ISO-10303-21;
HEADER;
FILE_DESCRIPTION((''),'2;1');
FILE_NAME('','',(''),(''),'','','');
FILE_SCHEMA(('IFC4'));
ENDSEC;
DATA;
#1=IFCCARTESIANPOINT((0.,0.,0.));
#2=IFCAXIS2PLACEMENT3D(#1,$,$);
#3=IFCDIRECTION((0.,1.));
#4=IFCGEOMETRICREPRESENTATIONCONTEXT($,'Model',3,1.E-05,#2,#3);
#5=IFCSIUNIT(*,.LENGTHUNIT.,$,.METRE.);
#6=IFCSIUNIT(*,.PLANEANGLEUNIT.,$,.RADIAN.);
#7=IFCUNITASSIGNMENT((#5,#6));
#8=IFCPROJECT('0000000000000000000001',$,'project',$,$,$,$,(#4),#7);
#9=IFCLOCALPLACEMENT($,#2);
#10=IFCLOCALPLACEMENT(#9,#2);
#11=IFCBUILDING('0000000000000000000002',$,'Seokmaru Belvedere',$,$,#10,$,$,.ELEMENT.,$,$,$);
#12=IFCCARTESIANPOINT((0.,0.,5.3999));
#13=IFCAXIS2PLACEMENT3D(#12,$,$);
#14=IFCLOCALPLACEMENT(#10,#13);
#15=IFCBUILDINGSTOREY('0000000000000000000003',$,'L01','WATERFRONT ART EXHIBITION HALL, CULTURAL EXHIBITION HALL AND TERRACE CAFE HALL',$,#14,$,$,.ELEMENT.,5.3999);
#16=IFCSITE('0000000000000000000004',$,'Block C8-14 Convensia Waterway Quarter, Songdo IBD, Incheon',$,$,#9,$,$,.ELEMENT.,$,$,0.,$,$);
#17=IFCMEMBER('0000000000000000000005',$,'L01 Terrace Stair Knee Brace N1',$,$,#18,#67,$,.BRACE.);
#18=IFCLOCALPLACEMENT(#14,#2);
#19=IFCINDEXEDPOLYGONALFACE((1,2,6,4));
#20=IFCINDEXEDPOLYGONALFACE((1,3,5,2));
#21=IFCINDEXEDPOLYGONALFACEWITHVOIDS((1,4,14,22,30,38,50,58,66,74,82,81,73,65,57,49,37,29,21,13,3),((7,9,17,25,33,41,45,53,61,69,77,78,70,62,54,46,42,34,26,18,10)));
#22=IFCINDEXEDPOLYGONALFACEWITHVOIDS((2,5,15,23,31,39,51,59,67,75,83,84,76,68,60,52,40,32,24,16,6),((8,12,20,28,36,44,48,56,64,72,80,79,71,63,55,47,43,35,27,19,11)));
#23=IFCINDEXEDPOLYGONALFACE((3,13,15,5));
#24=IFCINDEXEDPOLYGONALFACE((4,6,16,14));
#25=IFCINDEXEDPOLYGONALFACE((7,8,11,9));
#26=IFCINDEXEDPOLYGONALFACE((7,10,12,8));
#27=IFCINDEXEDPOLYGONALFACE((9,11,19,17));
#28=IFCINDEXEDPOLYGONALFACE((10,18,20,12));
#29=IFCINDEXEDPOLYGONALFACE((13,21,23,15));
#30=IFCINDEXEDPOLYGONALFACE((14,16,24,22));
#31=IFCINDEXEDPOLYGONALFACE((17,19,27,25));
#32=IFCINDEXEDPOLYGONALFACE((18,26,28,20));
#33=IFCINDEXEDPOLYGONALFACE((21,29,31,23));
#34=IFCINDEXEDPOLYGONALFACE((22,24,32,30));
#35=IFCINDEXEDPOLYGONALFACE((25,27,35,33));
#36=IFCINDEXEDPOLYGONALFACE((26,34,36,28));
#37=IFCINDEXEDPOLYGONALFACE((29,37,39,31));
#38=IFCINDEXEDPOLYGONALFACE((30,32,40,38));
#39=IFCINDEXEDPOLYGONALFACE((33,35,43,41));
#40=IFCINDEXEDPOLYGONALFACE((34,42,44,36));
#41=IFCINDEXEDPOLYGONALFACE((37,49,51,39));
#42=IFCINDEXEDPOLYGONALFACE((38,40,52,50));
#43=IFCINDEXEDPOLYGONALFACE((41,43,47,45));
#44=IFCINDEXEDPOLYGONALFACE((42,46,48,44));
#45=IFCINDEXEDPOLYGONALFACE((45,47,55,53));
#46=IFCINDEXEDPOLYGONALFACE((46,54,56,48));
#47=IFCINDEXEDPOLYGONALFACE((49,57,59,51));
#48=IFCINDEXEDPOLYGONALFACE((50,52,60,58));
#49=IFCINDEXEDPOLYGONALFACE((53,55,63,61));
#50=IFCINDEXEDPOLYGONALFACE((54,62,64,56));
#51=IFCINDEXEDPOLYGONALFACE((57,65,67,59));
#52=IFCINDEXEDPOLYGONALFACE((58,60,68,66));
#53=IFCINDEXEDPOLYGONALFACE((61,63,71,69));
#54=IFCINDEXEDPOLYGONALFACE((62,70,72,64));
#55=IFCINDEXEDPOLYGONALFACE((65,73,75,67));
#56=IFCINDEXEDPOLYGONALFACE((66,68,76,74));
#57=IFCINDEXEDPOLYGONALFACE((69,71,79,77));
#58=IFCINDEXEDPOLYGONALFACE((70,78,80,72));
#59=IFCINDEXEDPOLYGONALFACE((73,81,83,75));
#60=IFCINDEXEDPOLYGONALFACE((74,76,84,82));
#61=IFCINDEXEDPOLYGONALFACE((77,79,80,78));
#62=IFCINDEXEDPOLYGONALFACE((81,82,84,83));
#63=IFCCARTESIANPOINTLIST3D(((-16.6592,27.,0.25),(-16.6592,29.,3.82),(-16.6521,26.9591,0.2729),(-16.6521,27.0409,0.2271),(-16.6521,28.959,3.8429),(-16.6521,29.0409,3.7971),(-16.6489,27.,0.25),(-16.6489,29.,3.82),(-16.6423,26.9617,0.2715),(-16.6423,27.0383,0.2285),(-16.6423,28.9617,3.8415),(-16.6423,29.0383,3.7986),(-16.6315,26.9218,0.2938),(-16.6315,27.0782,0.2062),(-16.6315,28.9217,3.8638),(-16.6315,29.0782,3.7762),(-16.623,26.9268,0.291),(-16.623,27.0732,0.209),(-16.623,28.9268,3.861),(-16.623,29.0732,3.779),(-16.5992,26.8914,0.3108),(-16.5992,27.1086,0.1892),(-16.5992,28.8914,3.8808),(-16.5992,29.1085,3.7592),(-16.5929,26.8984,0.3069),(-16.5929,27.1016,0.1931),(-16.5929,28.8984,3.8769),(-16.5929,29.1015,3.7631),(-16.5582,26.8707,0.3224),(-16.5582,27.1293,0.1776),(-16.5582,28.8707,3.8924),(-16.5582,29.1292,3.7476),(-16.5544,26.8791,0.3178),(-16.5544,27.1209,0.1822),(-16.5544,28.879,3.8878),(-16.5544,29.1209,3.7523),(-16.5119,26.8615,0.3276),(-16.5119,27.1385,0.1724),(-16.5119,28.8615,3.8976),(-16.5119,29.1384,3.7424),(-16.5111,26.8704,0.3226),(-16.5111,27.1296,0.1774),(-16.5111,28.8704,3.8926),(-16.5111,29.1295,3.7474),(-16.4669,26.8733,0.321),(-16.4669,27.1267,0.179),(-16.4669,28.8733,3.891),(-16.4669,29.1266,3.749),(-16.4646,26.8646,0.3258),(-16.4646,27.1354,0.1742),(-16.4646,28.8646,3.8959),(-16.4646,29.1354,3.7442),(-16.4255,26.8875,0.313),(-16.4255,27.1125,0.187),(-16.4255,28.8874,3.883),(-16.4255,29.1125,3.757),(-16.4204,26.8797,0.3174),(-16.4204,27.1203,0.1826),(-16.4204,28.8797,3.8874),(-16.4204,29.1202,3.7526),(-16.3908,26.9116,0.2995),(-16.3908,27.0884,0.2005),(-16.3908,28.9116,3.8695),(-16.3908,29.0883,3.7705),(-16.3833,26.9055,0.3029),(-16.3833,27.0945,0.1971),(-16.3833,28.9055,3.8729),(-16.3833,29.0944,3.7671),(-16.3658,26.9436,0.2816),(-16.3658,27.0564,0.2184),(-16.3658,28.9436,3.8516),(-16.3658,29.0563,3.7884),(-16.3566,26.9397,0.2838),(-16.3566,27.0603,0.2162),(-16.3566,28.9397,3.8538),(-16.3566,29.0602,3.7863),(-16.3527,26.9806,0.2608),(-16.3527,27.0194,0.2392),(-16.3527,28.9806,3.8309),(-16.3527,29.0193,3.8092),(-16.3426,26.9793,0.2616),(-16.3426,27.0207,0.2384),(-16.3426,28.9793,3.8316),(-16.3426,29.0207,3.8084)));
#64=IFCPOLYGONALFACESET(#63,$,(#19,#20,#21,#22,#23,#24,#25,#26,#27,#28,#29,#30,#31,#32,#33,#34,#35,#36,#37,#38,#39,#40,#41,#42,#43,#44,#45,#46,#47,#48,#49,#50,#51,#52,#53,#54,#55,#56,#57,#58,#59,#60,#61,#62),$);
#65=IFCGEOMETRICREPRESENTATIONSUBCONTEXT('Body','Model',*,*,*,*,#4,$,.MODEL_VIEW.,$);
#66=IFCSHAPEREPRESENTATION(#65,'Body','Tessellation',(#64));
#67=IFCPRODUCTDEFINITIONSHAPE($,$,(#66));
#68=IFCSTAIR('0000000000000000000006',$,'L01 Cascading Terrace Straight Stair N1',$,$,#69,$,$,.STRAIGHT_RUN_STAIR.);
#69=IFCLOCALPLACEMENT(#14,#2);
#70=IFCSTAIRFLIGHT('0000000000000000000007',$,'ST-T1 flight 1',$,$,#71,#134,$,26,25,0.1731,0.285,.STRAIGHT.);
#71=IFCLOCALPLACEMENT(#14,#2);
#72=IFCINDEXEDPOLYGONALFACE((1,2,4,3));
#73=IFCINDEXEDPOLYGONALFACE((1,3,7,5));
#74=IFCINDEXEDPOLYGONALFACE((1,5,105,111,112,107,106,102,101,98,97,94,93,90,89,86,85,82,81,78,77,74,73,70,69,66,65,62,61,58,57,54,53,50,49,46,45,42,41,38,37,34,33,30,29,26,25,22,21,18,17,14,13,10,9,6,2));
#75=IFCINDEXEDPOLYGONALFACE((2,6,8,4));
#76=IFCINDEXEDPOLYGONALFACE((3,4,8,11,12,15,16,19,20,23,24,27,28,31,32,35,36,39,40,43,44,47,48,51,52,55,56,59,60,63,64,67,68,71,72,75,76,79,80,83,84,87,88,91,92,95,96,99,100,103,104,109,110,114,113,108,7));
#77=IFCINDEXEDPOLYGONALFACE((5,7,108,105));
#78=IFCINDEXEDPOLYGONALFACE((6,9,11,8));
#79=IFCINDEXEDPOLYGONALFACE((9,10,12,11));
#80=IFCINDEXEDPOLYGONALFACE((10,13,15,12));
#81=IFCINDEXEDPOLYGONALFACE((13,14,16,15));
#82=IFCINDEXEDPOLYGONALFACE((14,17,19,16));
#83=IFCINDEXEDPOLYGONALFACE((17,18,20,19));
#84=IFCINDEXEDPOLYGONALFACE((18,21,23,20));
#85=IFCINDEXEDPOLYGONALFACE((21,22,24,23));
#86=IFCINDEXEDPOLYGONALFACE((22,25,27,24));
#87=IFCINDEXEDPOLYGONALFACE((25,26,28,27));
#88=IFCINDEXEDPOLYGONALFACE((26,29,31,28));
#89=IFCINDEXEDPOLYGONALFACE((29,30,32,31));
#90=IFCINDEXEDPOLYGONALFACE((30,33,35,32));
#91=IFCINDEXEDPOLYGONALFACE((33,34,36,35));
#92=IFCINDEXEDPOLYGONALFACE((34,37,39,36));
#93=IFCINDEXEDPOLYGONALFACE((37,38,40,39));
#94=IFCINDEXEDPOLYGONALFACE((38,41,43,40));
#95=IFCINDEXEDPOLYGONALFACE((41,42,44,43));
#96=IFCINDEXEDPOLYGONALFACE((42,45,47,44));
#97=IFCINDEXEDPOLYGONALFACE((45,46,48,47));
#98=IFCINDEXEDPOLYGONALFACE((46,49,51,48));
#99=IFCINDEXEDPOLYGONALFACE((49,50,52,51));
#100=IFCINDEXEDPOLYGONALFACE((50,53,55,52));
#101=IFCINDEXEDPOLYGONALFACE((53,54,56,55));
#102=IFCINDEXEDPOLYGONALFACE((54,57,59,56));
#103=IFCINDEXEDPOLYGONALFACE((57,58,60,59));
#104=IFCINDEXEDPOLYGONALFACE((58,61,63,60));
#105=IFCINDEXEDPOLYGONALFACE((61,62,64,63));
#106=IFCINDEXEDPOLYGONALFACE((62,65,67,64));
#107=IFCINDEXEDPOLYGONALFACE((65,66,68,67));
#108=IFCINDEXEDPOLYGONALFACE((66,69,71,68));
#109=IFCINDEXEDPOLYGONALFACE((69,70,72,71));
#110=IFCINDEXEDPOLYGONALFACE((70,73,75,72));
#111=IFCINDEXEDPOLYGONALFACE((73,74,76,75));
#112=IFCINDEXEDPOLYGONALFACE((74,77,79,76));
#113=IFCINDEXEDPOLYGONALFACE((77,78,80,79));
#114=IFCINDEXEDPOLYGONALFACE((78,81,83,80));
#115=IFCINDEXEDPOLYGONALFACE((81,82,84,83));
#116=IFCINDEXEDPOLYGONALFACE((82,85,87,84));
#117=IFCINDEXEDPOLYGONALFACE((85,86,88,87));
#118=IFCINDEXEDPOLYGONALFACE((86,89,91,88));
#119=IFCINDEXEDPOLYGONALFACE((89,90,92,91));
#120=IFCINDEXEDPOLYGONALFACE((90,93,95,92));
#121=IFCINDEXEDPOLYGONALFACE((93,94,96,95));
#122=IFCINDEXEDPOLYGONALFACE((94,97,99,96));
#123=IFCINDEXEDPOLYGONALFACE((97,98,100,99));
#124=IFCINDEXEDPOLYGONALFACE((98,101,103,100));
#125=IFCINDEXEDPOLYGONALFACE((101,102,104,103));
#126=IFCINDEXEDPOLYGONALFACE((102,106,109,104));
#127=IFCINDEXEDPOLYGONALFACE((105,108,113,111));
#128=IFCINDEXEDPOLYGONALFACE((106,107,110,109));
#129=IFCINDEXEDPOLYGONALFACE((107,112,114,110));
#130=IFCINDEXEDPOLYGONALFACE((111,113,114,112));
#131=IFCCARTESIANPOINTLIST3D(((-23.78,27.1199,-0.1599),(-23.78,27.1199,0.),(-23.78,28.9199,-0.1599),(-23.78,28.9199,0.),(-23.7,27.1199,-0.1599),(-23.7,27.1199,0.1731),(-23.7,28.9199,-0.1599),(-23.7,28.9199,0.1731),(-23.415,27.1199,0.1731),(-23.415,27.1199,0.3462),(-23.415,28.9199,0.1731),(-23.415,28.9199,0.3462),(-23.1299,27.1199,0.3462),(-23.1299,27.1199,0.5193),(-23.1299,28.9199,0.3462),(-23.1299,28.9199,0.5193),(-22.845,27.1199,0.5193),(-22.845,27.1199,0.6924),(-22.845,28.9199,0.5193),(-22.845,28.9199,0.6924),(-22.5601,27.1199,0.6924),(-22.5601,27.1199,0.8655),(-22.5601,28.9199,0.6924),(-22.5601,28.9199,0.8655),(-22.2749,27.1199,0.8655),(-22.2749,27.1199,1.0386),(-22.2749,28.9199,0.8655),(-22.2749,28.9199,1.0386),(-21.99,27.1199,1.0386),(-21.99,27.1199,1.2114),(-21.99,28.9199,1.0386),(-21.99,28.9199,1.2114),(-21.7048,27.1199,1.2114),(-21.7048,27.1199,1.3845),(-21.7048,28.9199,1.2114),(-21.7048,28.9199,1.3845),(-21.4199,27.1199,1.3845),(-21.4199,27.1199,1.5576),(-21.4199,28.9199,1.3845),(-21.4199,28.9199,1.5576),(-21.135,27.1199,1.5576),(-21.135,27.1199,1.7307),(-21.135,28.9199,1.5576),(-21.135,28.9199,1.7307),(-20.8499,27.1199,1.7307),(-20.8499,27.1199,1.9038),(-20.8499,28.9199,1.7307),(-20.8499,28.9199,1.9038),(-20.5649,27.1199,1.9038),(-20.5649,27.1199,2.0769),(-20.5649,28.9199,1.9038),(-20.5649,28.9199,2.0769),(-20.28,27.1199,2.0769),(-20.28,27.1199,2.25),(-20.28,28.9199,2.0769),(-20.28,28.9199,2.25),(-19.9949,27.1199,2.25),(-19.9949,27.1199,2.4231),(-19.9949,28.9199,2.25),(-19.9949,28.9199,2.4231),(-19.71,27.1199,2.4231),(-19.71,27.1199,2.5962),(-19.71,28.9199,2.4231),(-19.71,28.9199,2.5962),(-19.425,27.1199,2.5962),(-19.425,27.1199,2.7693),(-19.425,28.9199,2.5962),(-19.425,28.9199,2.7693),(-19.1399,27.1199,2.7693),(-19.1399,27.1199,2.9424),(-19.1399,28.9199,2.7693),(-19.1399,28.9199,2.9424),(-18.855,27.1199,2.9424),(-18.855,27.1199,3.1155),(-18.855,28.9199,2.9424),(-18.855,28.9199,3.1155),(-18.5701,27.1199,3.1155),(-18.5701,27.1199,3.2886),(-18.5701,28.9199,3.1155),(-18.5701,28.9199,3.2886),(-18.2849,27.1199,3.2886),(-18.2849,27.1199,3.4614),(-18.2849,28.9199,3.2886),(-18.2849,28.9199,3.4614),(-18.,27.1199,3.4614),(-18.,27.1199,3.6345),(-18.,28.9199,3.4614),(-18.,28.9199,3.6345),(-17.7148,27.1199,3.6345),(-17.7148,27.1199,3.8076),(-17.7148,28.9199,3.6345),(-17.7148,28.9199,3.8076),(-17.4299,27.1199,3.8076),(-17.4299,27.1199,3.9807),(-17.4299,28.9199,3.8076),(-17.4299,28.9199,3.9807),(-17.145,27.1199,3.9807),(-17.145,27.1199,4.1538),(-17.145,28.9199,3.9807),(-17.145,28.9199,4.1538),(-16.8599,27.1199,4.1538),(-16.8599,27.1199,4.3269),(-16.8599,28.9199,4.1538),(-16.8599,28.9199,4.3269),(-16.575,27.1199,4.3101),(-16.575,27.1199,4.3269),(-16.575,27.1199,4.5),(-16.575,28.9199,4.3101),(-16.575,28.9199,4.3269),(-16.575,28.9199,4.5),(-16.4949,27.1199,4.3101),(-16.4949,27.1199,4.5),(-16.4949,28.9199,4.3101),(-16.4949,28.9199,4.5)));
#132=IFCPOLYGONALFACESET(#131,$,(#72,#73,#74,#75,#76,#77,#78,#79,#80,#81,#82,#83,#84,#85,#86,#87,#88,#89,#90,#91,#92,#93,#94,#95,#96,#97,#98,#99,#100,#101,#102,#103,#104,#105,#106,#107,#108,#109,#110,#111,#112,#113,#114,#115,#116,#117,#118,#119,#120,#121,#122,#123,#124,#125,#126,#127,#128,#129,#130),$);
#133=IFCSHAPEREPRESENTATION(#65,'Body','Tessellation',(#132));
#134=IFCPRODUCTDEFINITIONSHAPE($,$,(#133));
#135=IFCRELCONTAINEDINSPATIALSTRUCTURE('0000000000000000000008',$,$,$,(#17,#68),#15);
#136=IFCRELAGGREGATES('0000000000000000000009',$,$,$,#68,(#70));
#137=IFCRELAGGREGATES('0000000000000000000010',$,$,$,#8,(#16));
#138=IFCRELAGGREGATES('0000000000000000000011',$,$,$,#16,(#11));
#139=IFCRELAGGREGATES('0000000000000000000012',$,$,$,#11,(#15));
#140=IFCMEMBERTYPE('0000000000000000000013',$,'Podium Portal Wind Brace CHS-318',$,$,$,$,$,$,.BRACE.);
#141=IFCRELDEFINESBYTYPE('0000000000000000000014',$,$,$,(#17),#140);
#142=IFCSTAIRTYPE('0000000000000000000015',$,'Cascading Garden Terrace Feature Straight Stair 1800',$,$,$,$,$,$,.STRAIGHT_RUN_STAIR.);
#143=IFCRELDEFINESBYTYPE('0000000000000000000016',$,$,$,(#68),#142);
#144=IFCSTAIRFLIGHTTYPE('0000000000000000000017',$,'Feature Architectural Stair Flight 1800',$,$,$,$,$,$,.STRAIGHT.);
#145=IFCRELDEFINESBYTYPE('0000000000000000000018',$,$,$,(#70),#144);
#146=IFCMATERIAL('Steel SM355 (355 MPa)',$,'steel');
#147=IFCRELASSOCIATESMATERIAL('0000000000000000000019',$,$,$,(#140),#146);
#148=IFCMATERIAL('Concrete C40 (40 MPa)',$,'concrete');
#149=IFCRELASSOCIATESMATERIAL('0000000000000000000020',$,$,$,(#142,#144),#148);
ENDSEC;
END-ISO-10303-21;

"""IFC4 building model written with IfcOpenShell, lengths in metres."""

from ifc_helpers import new_model, si_unit, direction, frame, origin, origin_2d, place, context, subcontext, project, spatial, polyline, hollow_circle, outline, extrude, source, transform, mapped, material, material_profile, profile_set, type_object, type_shapes, element, aggregate, save


model = new_model("IFC4")

# Units and contexts
model_context = context("Model", 3, precision=1e-05, world=origin(), true_north=direction((0.0, 1.0)))
body_context = subcontext(model_context, "Body", "Model", "MODEL_VIEW")
ifc_project = project(units=[si_unit("LENGTHUNIT", "METRE"), si_unit("PLANEANGLEUNIT", "RADIAN")], contexts=[model_context])

# Site, building, storey
site_placement = place(None, origin())
site = spatial("IfcSite", under=ifc_project, at=site_placement, Name="Block C8-14 Convensia Waterway Quarter, Songdo IBD, Incheon", CompositionType="ELEMENT", RefElevation=0.0)
building_placement = place(site_placement, origin())
building = spatial("IfcBuilding", under=site, at=building_placement, Name="Seokmaru Belvedere", CompositionType="ELEMENT")
storey_placement = place(building_placement, frame((0.0, 0.0, 5.3999)))
storey = spatial("IfcBuildingStorey", under=building, at=storey_placement, Name="L01", Description="WATERFRONT ART EXHIBITION HALL, CULTURAL EXHIBITION HALL AND TERRACE CAFE HALL", CompositionType="ELEMENT", Elevation=5.3999)

# Shared definitions
ifc_material_1 = material(Name="Steel SM355 (355 MPa)", Category="steel")

# Member
ifc_material_profile_1 = material_profile(ifc_material_1, hollow_circle(Radius=0.1592, WallThickness=0.0103, at=origin_2d()), Name="CHS-318.5x10.3")
ifc_profile_set_1 = profile_set([ifc_material_profile_1], Name="Steel SM355 (355 MPa)")
member_type_1 = type_object("IfcMemberType", Name="Podium Portal Wind Brace CHS-318", PredefinedType="BRACE", material=ifc_profile_set_1)
shared_shape_1 = source(origin(), body_context, "Body", "SweptSolid", [
    extrude(hollow_circle(Radius=0.1592, WallThickness=0.0103, at=origin_2d()), origin(), (0.0, 0.0, 1.0), 4.092),
])
type_shapes(member_type_1, [shared_shape_1])
member_1_placement = place(storey_placement, frame((-16.5, 27.0, 0.25), z_axis=(0.0, 0.488745, 0.872427), x_axis=(-1.0, 0.0, 0.0)))
element("IfcMember", 1, at=member_1_placement, inside=storey, type_object=member_type_1, Name="L01 Terrace Stair Knee Brace N1", PredefinedType="BRACE", context=body_context, shape_type="MappedRepresentation", body=[
    mapped(shared_shape_1, transform((0.0, 0.0, 0.0), scale=1.0)),
])

# Stair, stair flight
ifc_material_2 = material(Name="Concrete C40 (40 MPa)", Category="concrete")
stair_type = type_object("IfcStairType", Name="Cascading Garden Terrace Feature Straight Stair 1800", PredefinedType="STRAIGHT_RUN_STAIR", material=ifc_material_2)
stair_1_placement = place(storey_placement, origin())
stair_1 = element("IfcStair", 2, at=stair_1_placement, inside=storey, type_object=stair_type, Name="L01 Cascading Terrace Straight Stair N1", PredefinedType="STRAIGHT_RUN_STAIR")
stair_flight_type = type_object("IfcStairFlightType", Name="Feature Architectural Stair Flight 1800", PredefinedType="STRAIGHT", material=ifc_material_2)
stair_flight_1_placement = place(storey_placement, frame((-23.7, 28.02, 0.0), z_axis=(0.0, 0.0, 1.0), x_axis=(1.0, 0.0, 0.0)))
stair_flight_1 = element("IfcStairFlight", 3, at=stair_flight_1_placement, type_object=stair_flight_type, Name="ST-T1 flight 1", NumberOfRisers=26, NumberOfTreads=25, PredefinedType="STRAIGHT", RiserHeight=0.1731, TreadLength=0.285, context=body_context, shape_type="SweptSolid", body=[
    extrude(outline(polyline([(-0.0801, 0.0), (0.0, 0.1731), (0.2849, 0.1731), (0.2849, 0.3462), (0.5701, 0.3462), (0.5701, 0.5193), (0.855, 0.5193), (0.855, 0.6924), (1.1399, 0.6924), (1.1399, 0.8655), (1.425, 0.8655), (1.425, 1.0386), (1.71, 1.0386), (1.71, 1.2114), (1.9951, 1.2114), (1.9951, 1.3845), (2.28, 1.3845), (2.28, 1.5576), (2.5649, 1.5576), (2.5649, 1.7307), (2.8501, 1.7307), (2.8501, 1.9038), (3.135, 1.9038), (3.135, 2.0769), (3.4199, 2.0769), (3.4199, 2.25), (3.7051, 2.25), (3.7051, 2.4231), (3.99, 2.4231), (3.99, 2.5962), (4.2749, 2.5962), (4.2749, 2.7693), (4.5601, 2.7693), (4.5601, 2.9424), (4.845, 2.9424), (4.845, 3.1155), (5.1299, 3.1155), (5.1299, 3.2886), (5.415, 3.2886), (5.415, 3.4614), (5.7, 3.4614), (5.7, 3.6345), (5.9851, 3.6345), (5.9851, 3.8076), (6.27, 3.8076), (6.27, 3.9807), (6.5549, 3.9807), (6.5549, 4.1538), (6.8401, 4.1538), (6.8401, 4.3269), (7.125, 4.3269), (7.125, 4.5), (7.2051, 4.5), (7.2051, 4.3101), (7.125, 4.3101), (0.0, -0.1599), (-0.0801, -0.1599), (-0.0801, 0.0)])), frame((0.0, 0.8999, 0.0), z_axis=(0.0, -1.0, 0.0), x_axis=(1.0, 0.0, 0.0)), (0.0, 0.0, 1.0), 1.8),
])
aggregate(stair_1, [stair_flight_1])

save(model, "model.ifc")
